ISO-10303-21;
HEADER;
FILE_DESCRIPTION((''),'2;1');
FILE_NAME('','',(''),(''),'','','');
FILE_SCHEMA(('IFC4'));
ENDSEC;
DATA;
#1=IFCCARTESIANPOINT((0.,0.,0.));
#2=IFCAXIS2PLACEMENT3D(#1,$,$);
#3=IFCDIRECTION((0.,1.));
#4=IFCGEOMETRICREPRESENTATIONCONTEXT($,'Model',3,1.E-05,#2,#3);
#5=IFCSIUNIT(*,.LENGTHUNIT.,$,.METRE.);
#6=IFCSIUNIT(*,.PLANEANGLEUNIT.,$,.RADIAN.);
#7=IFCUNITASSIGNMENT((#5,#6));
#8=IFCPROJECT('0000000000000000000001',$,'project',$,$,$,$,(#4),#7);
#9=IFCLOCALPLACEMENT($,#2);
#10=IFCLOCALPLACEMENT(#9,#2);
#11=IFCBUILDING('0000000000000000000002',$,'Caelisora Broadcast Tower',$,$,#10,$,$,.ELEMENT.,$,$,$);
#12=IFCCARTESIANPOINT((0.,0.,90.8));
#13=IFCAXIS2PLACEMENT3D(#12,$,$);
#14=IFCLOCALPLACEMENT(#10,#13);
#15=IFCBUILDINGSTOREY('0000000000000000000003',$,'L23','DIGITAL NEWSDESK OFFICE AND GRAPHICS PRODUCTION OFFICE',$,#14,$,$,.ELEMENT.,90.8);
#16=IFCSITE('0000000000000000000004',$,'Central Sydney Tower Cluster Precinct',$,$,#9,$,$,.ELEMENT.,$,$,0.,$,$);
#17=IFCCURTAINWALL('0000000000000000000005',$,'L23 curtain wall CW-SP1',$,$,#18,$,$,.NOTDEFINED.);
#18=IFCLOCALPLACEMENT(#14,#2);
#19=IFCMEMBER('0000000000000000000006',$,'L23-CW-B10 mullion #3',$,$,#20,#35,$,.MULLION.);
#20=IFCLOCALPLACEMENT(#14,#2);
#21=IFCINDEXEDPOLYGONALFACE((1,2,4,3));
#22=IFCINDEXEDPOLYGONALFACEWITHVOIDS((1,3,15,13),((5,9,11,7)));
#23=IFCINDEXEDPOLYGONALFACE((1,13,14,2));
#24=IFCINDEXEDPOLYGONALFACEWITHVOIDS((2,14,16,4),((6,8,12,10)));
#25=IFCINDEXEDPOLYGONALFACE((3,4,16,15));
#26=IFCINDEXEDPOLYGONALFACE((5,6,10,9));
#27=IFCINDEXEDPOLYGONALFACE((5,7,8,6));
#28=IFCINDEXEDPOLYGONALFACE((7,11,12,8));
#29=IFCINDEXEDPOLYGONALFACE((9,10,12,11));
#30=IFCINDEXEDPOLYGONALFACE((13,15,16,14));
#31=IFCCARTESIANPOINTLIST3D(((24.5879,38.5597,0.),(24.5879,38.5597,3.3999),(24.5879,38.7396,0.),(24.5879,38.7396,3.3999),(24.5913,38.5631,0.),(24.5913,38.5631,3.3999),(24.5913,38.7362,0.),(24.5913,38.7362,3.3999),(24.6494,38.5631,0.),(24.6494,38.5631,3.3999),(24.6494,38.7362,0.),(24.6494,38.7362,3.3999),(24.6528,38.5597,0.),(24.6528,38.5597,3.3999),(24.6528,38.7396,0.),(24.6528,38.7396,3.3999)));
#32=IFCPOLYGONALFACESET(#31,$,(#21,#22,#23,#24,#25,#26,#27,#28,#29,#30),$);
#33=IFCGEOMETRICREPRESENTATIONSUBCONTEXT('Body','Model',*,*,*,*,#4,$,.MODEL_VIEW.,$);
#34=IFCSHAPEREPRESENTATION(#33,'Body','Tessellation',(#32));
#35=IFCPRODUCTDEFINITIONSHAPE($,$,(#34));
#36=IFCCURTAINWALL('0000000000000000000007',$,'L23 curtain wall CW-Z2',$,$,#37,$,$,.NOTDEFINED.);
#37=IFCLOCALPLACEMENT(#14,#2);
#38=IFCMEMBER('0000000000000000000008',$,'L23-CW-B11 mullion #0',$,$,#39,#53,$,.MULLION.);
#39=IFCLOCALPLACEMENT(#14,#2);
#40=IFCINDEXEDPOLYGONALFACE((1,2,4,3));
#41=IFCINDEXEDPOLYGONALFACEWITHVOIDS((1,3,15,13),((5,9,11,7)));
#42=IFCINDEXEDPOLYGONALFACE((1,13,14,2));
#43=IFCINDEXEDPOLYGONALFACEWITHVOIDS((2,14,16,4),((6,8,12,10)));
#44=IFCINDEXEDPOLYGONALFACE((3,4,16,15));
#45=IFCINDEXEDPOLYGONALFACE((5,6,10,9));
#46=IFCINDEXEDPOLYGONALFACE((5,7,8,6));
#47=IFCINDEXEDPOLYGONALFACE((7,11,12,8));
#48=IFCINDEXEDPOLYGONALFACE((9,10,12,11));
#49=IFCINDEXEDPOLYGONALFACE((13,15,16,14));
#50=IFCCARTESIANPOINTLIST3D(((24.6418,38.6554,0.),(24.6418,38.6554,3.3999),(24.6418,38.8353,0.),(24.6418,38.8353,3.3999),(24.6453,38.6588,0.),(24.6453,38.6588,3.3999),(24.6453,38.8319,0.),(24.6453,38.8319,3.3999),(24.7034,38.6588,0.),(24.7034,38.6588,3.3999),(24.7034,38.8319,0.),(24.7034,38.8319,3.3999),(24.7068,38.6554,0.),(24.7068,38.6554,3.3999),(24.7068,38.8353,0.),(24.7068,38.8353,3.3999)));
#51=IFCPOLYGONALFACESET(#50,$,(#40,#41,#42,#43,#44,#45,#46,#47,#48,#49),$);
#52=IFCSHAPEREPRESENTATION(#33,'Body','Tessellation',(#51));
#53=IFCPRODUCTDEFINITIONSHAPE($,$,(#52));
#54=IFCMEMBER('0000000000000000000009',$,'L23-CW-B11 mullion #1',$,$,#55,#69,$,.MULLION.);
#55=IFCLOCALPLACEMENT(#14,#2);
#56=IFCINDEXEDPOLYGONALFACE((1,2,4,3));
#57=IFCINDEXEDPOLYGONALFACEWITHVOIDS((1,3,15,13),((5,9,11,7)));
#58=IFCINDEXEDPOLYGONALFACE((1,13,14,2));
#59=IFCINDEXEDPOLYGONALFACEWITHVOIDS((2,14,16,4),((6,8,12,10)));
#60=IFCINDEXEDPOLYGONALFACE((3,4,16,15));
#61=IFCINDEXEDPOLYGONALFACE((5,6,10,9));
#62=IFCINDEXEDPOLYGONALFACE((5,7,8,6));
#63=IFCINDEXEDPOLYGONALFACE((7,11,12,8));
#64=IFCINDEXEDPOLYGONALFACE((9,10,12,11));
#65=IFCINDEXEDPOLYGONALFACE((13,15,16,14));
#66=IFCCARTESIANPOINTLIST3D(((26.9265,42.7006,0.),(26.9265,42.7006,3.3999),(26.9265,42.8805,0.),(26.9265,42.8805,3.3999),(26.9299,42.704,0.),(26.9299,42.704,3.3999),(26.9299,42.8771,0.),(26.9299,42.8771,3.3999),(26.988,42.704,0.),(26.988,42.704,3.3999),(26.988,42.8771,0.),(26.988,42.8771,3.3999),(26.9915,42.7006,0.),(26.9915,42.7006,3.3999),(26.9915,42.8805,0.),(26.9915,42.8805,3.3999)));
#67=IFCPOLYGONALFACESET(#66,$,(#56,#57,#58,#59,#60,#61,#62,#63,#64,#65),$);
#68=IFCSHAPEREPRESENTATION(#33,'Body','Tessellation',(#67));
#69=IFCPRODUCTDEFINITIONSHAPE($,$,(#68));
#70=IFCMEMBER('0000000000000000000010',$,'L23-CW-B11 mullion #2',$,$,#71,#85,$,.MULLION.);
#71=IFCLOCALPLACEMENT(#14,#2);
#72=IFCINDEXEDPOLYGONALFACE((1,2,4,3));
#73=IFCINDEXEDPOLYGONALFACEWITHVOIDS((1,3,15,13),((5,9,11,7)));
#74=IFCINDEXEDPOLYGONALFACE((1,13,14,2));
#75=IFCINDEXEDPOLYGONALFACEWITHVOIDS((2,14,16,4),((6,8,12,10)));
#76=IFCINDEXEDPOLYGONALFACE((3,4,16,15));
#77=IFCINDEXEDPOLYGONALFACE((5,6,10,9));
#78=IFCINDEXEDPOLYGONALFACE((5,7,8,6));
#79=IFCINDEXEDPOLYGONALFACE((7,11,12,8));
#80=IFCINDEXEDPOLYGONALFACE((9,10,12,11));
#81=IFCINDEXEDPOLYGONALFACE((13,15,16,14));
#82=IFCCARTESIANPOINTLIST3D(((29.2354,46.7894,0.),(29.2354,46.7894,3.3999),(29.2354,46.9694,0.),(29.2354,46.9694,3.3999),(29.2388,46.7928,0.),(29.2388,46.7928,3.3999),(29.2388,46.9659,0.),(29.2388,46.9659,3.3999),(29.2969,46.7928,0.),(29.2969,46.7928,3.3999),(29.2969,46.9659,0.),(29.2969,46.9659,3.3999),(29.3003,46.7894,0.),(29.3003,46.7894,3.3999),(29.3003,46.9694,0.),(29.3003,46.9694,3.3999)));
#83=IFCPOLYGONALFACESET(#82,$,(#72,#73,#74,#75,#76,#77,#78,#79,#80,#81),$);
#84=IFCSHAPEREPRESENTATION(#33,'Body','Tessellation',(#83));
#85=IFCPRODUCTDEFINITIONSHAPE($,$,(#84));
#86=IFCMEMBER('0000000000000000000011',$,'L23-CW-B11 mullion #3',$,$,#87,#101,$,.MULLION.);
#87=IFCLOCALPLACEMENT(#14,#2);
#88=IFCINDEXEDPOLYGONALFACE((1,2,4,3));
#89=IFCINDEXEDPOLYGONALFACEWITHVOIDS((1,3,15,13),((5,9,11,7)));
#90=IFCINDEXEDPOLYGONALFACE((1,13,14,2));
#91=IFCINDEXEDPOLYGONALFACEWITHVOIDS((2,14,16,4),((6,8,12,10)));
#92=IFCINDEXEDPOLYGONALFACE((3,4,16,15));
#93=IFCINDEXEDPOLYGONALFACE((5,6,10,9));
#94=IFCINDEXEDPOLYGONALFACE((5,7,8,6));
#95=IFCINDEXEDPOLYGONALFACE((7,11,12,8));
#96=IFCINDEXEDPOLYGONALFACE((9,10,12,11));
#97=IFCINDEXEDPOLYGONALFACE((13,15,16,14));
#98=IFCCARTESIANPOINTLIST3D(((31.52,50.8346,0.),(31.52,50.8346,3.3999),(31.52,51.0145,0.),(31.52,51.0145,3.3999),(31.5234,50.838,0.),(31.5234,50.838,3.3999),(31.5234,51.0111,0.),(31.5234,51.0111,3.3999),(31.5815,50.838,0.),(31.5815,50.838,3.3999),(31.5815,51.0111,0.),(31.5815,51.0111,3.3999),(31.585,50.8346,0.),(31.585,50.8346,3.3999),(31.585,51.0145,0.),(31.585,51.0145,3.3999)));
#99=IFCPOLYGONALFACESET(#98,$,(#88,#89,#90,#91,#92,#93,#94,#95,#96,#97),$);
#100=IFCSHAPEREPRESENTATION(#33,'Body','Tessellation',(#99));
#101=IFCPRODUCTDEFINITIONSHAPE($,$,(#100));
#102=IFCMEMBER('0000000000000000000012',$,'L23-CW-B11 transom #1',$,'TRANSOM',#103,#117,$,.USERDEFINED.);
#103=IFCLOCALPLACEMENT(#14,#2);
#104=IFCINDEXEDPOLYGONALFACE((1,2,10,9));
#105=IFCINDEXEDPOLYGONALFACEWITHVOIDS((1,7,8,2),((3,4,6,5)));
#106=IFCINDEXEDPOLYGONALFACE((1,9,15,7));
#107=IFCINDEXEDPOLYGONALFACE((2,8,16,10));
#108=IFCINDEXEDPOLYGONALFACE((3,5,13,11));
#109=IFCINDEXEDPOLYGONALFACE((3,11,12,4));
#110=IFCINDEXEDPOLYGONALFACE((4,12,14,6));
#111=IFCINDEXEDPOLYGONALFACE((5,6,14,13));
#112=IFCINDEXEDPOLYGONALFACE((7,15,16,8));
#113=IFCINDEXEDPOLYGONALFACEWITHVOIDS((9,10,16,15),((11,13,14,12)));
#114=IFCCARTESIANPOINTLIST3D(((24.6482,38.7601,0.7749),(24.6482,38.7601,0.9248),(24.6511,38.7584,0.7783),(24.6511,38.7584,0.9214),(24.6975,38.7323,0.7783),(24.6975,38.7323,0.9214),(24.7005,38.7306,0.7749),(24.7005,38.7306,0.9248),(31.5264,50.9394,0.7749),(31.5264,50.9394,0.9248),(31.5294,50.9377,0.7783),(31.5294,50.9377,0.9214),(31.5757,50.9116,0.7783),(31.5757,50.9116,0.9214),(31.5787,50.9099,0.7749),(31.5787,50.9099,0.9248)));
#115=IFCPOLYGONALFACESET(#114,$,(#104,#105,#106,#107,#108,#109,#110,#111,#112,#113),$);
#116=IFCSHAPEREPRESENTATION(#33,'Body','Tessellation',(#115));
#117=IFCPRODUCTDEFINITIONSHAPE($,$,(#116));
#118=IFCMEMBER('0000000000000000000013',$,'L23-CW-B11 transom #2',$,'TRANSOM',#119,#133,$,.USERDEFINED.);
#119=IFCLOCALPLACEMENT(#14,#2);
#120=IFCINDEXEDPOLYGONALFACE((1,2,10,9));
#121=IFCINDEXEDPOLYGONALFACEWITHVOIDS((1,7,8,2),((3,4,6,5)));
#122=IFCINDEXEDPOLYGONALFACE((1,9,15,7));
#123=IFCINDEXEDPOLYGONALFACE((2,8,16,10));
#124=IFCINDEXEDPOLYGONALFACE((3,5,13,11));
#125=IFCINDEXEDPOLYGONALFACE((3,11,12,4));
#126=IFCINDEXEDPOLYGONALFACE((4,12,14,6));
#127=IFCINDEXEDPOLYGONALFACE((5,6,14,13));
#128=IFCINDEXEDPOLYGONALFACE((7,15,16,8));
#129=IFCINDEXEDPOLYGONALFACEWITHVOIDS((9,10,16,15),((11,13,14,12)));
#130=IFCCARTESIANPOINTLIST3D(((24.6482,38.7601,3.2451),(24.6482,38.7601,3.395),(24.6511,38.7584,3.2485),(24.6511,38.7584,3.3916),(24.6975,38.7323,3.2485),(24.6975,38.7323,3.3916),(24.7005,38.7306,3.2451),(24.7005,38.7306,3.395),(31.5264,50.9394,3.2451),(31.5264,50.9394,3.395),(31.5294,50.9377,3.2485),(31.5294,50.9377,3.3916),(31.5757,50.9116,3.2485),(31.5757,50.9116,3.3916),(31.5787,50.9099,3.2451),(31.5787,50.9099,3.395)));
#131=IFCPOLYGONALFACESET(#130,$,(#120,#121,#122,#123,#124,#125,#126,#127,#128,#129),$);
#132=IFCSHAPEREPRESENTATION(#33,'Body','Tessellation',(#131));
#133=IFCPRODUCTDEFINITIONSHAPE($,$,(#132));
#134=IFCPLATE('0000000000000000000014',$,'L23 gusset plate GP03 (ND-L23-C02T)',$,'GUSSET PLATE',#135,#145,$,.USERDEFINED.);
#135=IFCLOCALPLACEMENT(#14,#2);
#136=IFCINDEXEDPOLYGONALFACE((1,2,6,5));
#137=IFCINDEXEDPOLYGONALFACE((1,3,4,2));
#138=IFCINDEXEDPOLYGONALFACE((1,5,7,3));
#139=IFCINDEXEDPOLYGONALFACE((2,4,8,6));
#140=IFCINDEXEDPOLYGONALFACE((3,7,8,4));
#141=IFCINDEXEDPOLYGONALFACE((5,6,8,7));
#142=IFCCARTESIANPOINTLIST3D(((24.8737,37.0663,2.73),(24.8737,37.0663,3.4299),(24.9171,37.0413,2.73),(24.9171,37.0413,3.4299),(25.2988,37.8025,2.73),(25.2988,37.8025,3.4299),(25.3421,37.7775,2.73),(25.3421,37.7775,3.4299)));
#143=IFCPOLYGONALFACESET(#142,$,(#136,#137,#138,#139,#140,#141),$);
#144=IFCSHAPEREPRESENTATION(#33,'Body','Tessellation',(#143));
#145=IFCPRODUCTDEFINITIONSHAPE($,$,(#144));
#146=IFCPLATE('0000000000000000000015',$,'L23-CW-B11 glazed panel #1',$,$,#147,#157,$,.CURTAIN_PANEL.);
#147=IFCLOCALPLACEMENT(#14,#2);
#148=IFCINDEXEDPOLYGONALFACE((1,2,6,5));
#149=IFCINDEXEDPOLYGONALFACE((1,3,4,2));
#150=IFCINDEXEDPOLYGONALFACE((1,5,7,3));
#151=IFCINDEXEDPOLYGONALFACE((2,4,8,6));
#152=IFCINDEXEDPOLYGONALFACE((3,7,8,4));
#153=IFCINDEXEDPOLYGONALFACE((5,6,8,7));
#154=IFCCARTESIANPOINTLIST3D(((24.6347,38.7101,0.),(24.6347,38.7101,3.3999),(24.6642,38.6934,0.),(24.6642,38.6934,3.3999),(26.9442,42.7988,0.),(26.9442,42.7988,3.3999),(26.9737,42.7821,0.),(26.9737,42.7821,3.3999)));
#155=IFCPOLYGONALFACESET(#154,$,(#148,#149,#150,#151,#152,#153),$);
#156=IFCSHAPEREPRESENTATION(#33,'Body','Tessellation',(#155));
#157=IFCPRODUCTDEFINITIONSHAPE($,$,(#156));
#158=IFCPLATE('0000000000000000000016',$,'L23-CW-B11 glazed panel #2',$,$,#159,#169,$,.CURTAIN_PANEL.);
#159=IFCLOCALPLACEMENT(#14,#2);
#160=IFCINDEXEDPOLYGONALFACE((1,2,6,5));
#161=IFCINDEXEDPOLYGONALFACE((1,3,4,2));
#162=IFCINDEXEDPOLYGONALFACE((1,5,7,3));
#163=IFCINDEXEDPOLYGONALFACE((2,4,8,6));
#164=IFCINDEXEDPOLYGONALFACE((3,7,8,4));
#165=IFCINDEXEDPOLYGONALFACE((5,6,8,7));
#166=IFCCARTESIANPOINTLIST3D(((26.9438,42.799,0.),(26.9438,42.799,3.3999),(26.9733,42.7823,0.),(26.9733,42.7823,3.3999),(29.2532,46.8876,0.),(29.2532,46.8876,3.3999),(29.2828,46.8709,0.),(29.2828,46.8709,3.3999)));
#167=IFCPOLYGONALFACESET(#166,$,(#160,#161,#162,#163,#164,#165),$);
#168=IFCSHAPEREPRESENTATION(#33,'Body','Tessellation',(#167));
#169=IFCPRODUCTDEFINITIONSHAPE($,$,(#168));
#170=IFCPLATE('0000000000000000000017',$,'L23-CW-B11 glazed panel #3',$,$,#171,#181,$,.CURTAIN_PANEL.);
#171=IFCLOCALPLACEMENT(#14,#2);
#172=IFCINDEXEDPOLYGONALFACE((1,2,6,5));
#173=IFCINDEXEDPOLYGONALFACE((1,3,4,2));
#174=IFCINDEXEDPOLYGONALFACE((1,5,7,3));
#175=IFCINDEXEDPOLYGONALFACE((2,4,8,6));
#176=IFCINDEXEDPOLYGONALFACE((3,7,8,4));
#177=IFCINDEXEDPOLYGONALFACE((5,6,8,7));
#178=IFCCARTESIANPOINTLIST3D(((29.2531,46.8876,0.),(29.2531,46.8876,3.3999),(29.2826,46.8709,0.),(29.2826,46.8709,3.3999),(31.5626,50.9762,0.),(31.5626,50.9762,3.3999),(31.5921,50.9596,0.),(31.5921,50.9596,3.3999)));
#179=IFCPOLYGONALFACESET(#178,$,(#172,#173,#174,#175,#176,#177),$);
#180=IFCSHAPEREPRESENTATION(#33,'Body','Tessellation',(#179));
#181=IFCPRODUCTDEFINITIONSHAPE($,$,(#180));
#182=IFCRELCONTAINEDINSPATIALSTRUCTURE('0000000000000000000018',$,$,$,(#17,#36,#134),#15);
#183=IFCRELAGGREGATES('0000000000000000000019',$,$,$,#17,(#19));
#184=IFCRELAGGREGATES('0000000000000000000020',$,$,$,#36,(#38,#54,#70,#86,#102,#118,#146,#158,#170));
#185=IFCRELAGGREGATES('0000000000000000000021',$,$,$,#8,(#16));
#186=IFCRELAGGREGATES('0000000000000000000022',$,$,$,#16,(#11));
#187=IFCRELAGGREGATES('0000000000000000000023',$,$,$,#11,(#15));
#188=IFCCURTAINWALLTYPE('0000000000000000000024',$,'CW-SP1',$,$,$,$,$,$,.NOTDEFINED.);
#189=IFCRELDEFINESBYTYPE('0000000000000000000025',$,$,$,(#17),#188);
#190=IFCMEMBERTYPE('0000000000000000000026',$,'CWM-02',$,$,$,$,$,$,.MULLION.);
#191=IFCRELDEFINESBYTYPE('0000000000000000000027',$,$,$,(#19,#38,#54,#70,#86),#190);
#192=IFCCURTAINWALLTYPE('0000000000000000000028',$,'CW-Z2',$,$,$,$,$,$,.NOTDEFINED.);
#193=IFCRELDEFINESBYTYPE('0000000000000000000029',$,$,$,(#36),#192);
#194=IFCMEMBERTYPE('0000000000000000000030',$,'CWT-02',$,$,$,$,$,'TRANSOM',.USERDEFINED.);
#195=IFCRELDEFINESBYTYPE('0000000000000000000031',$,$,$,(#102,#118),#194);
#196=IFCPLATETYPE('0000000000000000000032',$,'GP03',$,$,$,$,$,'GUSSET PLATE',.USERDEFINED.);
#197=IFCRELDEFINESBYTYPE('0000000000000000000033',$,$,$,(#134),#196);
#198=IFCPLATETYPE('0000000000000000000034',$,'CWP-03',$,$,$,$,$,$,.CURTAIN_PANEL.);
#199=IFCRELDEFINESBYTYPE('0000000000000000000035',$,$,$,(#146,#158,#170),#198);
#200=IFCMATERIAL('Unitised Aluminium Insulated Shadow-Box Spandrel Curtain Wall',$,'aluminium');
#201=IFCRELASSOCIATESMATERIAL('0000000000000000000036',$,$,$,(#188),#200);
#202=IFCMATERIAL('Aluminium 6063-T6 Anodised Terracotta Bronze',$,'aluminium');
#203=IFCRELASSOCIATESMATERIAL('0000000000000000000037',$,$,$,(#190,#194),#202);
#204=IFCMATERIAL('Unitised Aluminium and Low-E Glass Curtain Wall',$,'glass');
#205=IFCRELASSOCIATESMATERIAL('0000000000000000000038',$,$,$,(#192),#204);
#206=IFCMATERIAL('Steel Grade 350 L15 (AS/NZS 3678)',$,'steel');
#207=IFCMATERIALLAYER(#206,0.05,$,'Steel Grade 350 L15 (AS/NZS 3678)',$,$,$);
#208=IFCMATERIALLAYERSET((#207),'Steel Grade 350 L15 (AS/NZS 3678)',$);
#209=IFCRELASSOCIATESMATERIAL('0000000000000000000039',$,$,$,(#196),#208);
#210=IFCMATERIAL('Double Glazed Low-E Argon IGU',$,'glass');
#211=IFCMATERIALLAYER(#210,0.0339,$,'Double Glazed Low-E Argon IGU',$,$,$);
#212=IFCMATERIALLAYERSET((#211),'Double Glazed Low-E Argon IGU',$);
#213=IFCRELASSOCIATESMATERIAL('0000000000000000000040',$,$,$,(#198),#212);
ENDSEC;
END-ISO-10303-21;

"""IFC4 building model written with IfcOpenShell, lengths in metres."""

from ifc_helpers import new_model, si_unit, direction, frame, origin, origin_2d, place, context, subcontext, project, spatial, rectangle, hollow_rectangle, extrude, source, transform, mapped, material, layer, layer_set, material_profile, profile_set, type_object, type_shapes, element, aggregate, save


model = new_model("IFC4")

# Units and contexts
model_context = context("Model", 3, precision=1e-05, world=origin(), true_north=direction((0.0, 1.0)))
body_context = subcontext(model_context, "Body", "Model", "MODEL_VIEW")
ifc_project = project(units=[si_unit("LENGTHUNIT", "METRE"), si_unit("PLANEANGLEUNIT", "RADIAN")], contexts=[model_context])

# Site, building, storey
site_placement = place(None, origin())
site = spatial("IfcSite", under=ifc_project, at=site_placement, Name="Central Sydney Tower Cluster Precinct", CompositionType="ELEMENT", RefElevation=0.0)
building_placement = place(site_placement, origin())
building = spatial("IfcBuilding", under=site, at=building_placement, Name="Caelisora Broadcast Tower", CompositionType="ELEMENT")
storey_placement = place(building_placement, frame((0.0, 0.0, 90.8)))
storey = spatial("IfcBuildingStorey", under=building, at=storey_placement, Name="L23", Description="DIGITAL NEWSDESK OFFICE AND GRAPHICS PRODUCTION OFFICE", CompositionType="ELEMENT", Elevation=90.8)

# Shared definitions
ifc_material_1 = material(Name="Steel Grade 350 L15 (AS/NZS 3678)", Category="steel")

# Curtain wall, member
ifc_material_2 = material(Name="Unitised Aluminium Insulated Shadow-Box Spandrel Curtain Wall", Category="aluminium")
curtain_wall_type_1 = type_object("IfcCurtainWallType", Name="CW-SP1", PredefinedType="NOTDEFINED", material=ifc_material_2)
curtain_wall_1_placement = place(storey_placement, origin())
curtain_wall_1 = element("IfcCurtainWall", 1, at=curtain_wall_1_placement, inside=storey, type_object=curtain_wall_type_1, Name="L23 curtain wall CW-SP1", PredefinedType="NOTDEFINED")
ifc_material_3 = material(Name="Aluminium 6063-T6 Anodised Terracotta Bronze", Category="aluminium")
ifc_material_profile_1 = material_profile(ifc_material_3, hollow_rectangle(XDim=0.0649, YDim=0.1799, WallThickness=0.0034, at=origin_2d()), Name="Aluminium 6063-T6 Anodised Terracotta Bronze")
ifc_profile_set_1 = profile_set([ifc_material_profile_1], Name="Aluminium 6063-T6 Anodised Terracotta Bronze")
member_type_1 = type_object("IfcMemberType", Name="CWM-02", PredefinedType="MULLION", material=ifc_profile_set_1)
shared_shape_1 = source(origin(), body_context, "Body", "SweptSolid", [
    extrude(hollow_rectangle(XDim=0.0649, YDim=0.1799, WallThickness=0.0034, at=origin_2d()), origin(), (0.0, 0.0, 1.0), 3.3999),
])
type_shapes(member_type_1, [shared_shape_1])
member_1_placement = place(storey_placement, frame((24.6204, 38.6497, 0.0), z_axis=(0.0, 0.0, 1.0), x_axis=(1.0, 0.0, 0.0)))
member_1 = element("IfcMember", 2, at=member_1_placement, type_object=member_type_1, Name="L23-CW-B10 mullion #3", PredefinedType="MULLION", context=body_context, shape_type="MappedRepresentation", body=[
    mapped(shared_shape_1, transform((0.0, 0.0, 0.0), scale=1.0)),
])
aggregate(curtain_wall_1, [member_1])

# Curtain wall, members
ifc_material_4 = material(Name="Unitised Aluminium and Low-E Glass Curtain Wall", Category="glass")
curtain_wall_type_2 = type_object("IfcCurtainWallType", Name="CW-Z2", PredefinedType="NOTDEFINED", material=ifc_material_4)
curtain_wall_2_placement = place(storey_placement, origin())
curtain_wall_2 = element("IfcCurtainWall", 3, at=curtain_wall_2_placement, inside=storey, type_object=curtain_wall_type_2, Name="L23 curtain wall CW-Z2", PredefinedType="NOTDEFINED")
member_2_placement = place(storey_placement, frame((24.6743, 38.7454, 0.0), z_axis=(0.0, 0.0, 1.0), x_axis=(1.0, 0.0, 0.0)))
member_2 = element("IfcMember", 4, at=member_2_placement, type_object=member_type_1, Name="L23-CW-B11 mullion #0", PredefinedType="MULLION", context=body_context, shape_type="MappedRepresentation", body=[
    mapped(shared_shape_1, transform((0.0, 0.0, 0.0), scale=1.0)),
])
member_3_placement = place(storey_placement, frame((26.959, 42.7905, 0.0), z_axis=(0.0, 0.0, 1.0), x_axis=(1.0, 0.0, 0.0)))
member_3 = element("IfcMember", 5, at=member_3_placement, type_object=member_type_1, Name="L23-CW-B11 mullion #1", PredefinedType="MULLION", context=body_context, shape_type="MappedRepresentation", body=[
    mapped(shared_shape_1, transform((0.0, 0.0, 0.0), scale=1.0)),
])
member_4_placement = place(storey_placement, frame((29.2678, 46.8794, 0.0), z_axis=(0.0, 0.0, 1.0), x_axis=(1.0, 0.0, 0.0)))
member_4 = element("IfcMember", 6, at=member_4_placement, type_object=member_type_1, Name="L23-CW-B11 mullion #2", PredefinedType="MULLION", context=body_context, shape_type="MappedRepresentation", body=[
    mapped(shared_shape_1, transform((0.0, 0.0, 0.0), scale=1.0)),
])
member_5_placement = place(storey_placement, frame((31.5525, 50.9246, 0.0), z_axis=(0.0, 0.0, 1.0), x_axis=(1.0, 0.0, 0.0)))
member_5 = element("IfcMember", 7, at=member_5_placement, type_object=member_type_1, Name="L23-CW-B11 mullion #3", PredefinedType="MULLION", context=body_context, shape_type="MappedRepresentation", body=[
    mapped(shared_shape_1, transform((0.0, 0.0, 0.0), scale=1.0)),
])
ifc_material_profile_2 = material_profile(ifc_material_3, hollow_rectangle(XDim=0.0601, YDim=0.1499, WallThickness=0.0034, at=origin_2d()), Name="Aluminium 6063-T6 Anodised Terracotta Bronze")
ifc_profile_set_2 = profile_set([ifc_material_profile_2], Name="Aluminium 6063-T6 Anodised Terracotta Bronze")
member_type_2 = type_object("IfcMemberType", Name="CWT-02", ElementType="TRANSOM", PredefinedType="USERDEFINED", material=ifc_profile_set_2)
shared_shape_2 = source(origin(), body_context, "Body", "SweptSolid", [
    extrude(hollow_rectangle(XDim=0.0601, YDim=0.1499, WallThickness=0.0034, at=origin_2d()), origin(), (0.0, 0.0, 1.0), 13.9873),
])
type_shapes(member_type_2, [shared_shape_2])
member_6_placement = place(storey_placement, frame((24.6743, 38.7454, 0.8499), z_axis=(0.491747, 0.870738, 0.0), x_axis=(-0.870738, 0.491747, 0.0)))
member_6 = element("IfcMember", 8, at=member_6_placement, type_object=member_type_2, Name="L23-CW-B11 transom #1", ObjectType="TRANSOM", PredefinedType="USERDEFINED", context=body_context, shape_type="MappedRepresentation", body=[
    mapped(shared_shape_2, transform((0.0, 0.0, 0.0), scale=1.0)),
])
member_7_placement = place(storey_placement, frame((24.6743, 38.7454, 3.3201), z_axis=(0.491747, 0.870738, 0.0), x_axis=(-0.870738, 0.491747, 0.0)))
member_7 = element("IfcMember", 9, at=member_7_placement, type_object=member_type_2, Name="L23-CW-B11 transom #2", ObjectType="TRANSOM", PredefinedType="USERDEFINED", context=body_context, shape_type="MappedRepresentation", body=[
    mapped(shared_shape_2, transform((0.0, 0.0, 0.0), scale=1.0)),
])

# Plates
ifc_layer_1 = layer(ifc_material_1, 0.05, Name="Steel Grade 350 L15 (AS/NZS 3678)")
ifc_layer_set_1 = layer_set([ifc_layer_1], Name="Steel Grade 350 L15 (AS/NZS 3678)")
plate_type_1 = type_object("IfcPlateType", Name="GP03", ElementType="GUSSET PLATE", PredefinedType="USERDEFINED", material=ifc_layer_set_1)
shared_shape_3 = source(origin(), body_context, "Body", "SweptSolid", [
    extrude(rectangle(XDim=0.8501, YDim=0.05, at=origin_2d()), origin(), (0.0, 0.0, 1.0), 0.7),
])
type_shapes(plate_type_1, [shared_shape_3])
plate_1_placement = place(storey_placement, frame((25.1079, 37.4219, 2.73), z_axis=(0.0, 0.0, 1.0), x_axis=(-0.5, -0.866025, 0.0)))
element("IfcPlate", 10, at=plate_1_placement, inside=storey, type_object=plate_type_1, Name="L23 gusset plate GP03 (ND-L23-C02T)", ObjectType="GUSSET PLATE", PredefinedType="USERDEFINED", context=body_context, shape_type="MappedRepresentation", body=[
    mapped(shared_shape_3, transform((0.0, 0.0, 0.0), scale=1.0)),
])
ifc_material_5 = material(Name="Double Glazed Low-E Argon IGU", Category="glass")
ifc_layer_2 = layer(ifc_material_5, 0.0339, Name="Double Glazed Low-E Argon IGU")
ifc_layer_set_2 = layer_set([ifc_layer_2], Name="Double Glazed Low-E Argon IGU")
plate_type_2 = type_object("IfcPlateType", Name="CWP-03", PredefinedType="CURTAIN_PANEL", material=ifc_layer_set_2)
shared_shape_4 = source(origin(), body_context, "Body", "SweptSolid", [
    extrude(rectangle(XDim=4.6958, YDim=0.0339, at=origin_2d()), origin(), (0.0, 0.0, 1.0), 3.3999),
])
type_shapes(plate_type_2, [shared_shape_4])
plate_2_placement = place(storey_placement, frame((25.8042, 40.7461, 0.0), z_axis=(0.0, 0.0, 1.0), x_axis=(0.491816, 0.870699, 0.0)))
plate_2 = element("IfcPlate", 11, at=plate_2_placement, type_object=plate_type_2, Name="L23-CW-B11 glazed panel #1", PredefinedType="CURTAIN_PANEL", context=body_context, shape_type="MappedRepresentation", body=[
    mapped(shared_shape_4, transform((0.0, 0.0, 0.0), scale=1.0)),
])
plate_3_placement = place(storey_placement, frame((28.1133, 44.835, 0.0), z_axis=(0.0, 0.0, 1.0), x_axis=(0.491816, 0.870699, 0.0)))
plate_3 = element("IfcPlate", 12, at=plate_3_placement, type_object=plate_type_2, Name="L23-CW-B11 glazed panel #2", PredefinedType="CURTAIN_PANEL", context=body_context, shape_type="MappedRepresentation", body=[
    mapped(shared_shape_4, transform((0.0, 0.0, 0.0), scale=1.0)),
])
plate_4_placement = place(storey_placement, frame((30.4226, 48.9236, 0.0), z_axis=(0.0, 0.0, 1.0), x_axis=(0.491816, 0.870699, 0.0)))
plate_4 = element("IfcPlate", 13, at=plate_4_placement, type_object=plate_type_2, Name="L23-CW-B11 glazed panel #3", PredefinedType="CURTAIN_PANEL", context=body_context, shape_type="MappedRepresentation", body=[
    mapped(shared_shape_4, transform((0.0, 0.0, 0.0), scale=1.0)),
])
aggregate(curtain_wall_2, [member_2, member_3, member_4, member_5, member_6, member_7, plate_2, plate_3, plate_4])

save(model, "model.ifc")
